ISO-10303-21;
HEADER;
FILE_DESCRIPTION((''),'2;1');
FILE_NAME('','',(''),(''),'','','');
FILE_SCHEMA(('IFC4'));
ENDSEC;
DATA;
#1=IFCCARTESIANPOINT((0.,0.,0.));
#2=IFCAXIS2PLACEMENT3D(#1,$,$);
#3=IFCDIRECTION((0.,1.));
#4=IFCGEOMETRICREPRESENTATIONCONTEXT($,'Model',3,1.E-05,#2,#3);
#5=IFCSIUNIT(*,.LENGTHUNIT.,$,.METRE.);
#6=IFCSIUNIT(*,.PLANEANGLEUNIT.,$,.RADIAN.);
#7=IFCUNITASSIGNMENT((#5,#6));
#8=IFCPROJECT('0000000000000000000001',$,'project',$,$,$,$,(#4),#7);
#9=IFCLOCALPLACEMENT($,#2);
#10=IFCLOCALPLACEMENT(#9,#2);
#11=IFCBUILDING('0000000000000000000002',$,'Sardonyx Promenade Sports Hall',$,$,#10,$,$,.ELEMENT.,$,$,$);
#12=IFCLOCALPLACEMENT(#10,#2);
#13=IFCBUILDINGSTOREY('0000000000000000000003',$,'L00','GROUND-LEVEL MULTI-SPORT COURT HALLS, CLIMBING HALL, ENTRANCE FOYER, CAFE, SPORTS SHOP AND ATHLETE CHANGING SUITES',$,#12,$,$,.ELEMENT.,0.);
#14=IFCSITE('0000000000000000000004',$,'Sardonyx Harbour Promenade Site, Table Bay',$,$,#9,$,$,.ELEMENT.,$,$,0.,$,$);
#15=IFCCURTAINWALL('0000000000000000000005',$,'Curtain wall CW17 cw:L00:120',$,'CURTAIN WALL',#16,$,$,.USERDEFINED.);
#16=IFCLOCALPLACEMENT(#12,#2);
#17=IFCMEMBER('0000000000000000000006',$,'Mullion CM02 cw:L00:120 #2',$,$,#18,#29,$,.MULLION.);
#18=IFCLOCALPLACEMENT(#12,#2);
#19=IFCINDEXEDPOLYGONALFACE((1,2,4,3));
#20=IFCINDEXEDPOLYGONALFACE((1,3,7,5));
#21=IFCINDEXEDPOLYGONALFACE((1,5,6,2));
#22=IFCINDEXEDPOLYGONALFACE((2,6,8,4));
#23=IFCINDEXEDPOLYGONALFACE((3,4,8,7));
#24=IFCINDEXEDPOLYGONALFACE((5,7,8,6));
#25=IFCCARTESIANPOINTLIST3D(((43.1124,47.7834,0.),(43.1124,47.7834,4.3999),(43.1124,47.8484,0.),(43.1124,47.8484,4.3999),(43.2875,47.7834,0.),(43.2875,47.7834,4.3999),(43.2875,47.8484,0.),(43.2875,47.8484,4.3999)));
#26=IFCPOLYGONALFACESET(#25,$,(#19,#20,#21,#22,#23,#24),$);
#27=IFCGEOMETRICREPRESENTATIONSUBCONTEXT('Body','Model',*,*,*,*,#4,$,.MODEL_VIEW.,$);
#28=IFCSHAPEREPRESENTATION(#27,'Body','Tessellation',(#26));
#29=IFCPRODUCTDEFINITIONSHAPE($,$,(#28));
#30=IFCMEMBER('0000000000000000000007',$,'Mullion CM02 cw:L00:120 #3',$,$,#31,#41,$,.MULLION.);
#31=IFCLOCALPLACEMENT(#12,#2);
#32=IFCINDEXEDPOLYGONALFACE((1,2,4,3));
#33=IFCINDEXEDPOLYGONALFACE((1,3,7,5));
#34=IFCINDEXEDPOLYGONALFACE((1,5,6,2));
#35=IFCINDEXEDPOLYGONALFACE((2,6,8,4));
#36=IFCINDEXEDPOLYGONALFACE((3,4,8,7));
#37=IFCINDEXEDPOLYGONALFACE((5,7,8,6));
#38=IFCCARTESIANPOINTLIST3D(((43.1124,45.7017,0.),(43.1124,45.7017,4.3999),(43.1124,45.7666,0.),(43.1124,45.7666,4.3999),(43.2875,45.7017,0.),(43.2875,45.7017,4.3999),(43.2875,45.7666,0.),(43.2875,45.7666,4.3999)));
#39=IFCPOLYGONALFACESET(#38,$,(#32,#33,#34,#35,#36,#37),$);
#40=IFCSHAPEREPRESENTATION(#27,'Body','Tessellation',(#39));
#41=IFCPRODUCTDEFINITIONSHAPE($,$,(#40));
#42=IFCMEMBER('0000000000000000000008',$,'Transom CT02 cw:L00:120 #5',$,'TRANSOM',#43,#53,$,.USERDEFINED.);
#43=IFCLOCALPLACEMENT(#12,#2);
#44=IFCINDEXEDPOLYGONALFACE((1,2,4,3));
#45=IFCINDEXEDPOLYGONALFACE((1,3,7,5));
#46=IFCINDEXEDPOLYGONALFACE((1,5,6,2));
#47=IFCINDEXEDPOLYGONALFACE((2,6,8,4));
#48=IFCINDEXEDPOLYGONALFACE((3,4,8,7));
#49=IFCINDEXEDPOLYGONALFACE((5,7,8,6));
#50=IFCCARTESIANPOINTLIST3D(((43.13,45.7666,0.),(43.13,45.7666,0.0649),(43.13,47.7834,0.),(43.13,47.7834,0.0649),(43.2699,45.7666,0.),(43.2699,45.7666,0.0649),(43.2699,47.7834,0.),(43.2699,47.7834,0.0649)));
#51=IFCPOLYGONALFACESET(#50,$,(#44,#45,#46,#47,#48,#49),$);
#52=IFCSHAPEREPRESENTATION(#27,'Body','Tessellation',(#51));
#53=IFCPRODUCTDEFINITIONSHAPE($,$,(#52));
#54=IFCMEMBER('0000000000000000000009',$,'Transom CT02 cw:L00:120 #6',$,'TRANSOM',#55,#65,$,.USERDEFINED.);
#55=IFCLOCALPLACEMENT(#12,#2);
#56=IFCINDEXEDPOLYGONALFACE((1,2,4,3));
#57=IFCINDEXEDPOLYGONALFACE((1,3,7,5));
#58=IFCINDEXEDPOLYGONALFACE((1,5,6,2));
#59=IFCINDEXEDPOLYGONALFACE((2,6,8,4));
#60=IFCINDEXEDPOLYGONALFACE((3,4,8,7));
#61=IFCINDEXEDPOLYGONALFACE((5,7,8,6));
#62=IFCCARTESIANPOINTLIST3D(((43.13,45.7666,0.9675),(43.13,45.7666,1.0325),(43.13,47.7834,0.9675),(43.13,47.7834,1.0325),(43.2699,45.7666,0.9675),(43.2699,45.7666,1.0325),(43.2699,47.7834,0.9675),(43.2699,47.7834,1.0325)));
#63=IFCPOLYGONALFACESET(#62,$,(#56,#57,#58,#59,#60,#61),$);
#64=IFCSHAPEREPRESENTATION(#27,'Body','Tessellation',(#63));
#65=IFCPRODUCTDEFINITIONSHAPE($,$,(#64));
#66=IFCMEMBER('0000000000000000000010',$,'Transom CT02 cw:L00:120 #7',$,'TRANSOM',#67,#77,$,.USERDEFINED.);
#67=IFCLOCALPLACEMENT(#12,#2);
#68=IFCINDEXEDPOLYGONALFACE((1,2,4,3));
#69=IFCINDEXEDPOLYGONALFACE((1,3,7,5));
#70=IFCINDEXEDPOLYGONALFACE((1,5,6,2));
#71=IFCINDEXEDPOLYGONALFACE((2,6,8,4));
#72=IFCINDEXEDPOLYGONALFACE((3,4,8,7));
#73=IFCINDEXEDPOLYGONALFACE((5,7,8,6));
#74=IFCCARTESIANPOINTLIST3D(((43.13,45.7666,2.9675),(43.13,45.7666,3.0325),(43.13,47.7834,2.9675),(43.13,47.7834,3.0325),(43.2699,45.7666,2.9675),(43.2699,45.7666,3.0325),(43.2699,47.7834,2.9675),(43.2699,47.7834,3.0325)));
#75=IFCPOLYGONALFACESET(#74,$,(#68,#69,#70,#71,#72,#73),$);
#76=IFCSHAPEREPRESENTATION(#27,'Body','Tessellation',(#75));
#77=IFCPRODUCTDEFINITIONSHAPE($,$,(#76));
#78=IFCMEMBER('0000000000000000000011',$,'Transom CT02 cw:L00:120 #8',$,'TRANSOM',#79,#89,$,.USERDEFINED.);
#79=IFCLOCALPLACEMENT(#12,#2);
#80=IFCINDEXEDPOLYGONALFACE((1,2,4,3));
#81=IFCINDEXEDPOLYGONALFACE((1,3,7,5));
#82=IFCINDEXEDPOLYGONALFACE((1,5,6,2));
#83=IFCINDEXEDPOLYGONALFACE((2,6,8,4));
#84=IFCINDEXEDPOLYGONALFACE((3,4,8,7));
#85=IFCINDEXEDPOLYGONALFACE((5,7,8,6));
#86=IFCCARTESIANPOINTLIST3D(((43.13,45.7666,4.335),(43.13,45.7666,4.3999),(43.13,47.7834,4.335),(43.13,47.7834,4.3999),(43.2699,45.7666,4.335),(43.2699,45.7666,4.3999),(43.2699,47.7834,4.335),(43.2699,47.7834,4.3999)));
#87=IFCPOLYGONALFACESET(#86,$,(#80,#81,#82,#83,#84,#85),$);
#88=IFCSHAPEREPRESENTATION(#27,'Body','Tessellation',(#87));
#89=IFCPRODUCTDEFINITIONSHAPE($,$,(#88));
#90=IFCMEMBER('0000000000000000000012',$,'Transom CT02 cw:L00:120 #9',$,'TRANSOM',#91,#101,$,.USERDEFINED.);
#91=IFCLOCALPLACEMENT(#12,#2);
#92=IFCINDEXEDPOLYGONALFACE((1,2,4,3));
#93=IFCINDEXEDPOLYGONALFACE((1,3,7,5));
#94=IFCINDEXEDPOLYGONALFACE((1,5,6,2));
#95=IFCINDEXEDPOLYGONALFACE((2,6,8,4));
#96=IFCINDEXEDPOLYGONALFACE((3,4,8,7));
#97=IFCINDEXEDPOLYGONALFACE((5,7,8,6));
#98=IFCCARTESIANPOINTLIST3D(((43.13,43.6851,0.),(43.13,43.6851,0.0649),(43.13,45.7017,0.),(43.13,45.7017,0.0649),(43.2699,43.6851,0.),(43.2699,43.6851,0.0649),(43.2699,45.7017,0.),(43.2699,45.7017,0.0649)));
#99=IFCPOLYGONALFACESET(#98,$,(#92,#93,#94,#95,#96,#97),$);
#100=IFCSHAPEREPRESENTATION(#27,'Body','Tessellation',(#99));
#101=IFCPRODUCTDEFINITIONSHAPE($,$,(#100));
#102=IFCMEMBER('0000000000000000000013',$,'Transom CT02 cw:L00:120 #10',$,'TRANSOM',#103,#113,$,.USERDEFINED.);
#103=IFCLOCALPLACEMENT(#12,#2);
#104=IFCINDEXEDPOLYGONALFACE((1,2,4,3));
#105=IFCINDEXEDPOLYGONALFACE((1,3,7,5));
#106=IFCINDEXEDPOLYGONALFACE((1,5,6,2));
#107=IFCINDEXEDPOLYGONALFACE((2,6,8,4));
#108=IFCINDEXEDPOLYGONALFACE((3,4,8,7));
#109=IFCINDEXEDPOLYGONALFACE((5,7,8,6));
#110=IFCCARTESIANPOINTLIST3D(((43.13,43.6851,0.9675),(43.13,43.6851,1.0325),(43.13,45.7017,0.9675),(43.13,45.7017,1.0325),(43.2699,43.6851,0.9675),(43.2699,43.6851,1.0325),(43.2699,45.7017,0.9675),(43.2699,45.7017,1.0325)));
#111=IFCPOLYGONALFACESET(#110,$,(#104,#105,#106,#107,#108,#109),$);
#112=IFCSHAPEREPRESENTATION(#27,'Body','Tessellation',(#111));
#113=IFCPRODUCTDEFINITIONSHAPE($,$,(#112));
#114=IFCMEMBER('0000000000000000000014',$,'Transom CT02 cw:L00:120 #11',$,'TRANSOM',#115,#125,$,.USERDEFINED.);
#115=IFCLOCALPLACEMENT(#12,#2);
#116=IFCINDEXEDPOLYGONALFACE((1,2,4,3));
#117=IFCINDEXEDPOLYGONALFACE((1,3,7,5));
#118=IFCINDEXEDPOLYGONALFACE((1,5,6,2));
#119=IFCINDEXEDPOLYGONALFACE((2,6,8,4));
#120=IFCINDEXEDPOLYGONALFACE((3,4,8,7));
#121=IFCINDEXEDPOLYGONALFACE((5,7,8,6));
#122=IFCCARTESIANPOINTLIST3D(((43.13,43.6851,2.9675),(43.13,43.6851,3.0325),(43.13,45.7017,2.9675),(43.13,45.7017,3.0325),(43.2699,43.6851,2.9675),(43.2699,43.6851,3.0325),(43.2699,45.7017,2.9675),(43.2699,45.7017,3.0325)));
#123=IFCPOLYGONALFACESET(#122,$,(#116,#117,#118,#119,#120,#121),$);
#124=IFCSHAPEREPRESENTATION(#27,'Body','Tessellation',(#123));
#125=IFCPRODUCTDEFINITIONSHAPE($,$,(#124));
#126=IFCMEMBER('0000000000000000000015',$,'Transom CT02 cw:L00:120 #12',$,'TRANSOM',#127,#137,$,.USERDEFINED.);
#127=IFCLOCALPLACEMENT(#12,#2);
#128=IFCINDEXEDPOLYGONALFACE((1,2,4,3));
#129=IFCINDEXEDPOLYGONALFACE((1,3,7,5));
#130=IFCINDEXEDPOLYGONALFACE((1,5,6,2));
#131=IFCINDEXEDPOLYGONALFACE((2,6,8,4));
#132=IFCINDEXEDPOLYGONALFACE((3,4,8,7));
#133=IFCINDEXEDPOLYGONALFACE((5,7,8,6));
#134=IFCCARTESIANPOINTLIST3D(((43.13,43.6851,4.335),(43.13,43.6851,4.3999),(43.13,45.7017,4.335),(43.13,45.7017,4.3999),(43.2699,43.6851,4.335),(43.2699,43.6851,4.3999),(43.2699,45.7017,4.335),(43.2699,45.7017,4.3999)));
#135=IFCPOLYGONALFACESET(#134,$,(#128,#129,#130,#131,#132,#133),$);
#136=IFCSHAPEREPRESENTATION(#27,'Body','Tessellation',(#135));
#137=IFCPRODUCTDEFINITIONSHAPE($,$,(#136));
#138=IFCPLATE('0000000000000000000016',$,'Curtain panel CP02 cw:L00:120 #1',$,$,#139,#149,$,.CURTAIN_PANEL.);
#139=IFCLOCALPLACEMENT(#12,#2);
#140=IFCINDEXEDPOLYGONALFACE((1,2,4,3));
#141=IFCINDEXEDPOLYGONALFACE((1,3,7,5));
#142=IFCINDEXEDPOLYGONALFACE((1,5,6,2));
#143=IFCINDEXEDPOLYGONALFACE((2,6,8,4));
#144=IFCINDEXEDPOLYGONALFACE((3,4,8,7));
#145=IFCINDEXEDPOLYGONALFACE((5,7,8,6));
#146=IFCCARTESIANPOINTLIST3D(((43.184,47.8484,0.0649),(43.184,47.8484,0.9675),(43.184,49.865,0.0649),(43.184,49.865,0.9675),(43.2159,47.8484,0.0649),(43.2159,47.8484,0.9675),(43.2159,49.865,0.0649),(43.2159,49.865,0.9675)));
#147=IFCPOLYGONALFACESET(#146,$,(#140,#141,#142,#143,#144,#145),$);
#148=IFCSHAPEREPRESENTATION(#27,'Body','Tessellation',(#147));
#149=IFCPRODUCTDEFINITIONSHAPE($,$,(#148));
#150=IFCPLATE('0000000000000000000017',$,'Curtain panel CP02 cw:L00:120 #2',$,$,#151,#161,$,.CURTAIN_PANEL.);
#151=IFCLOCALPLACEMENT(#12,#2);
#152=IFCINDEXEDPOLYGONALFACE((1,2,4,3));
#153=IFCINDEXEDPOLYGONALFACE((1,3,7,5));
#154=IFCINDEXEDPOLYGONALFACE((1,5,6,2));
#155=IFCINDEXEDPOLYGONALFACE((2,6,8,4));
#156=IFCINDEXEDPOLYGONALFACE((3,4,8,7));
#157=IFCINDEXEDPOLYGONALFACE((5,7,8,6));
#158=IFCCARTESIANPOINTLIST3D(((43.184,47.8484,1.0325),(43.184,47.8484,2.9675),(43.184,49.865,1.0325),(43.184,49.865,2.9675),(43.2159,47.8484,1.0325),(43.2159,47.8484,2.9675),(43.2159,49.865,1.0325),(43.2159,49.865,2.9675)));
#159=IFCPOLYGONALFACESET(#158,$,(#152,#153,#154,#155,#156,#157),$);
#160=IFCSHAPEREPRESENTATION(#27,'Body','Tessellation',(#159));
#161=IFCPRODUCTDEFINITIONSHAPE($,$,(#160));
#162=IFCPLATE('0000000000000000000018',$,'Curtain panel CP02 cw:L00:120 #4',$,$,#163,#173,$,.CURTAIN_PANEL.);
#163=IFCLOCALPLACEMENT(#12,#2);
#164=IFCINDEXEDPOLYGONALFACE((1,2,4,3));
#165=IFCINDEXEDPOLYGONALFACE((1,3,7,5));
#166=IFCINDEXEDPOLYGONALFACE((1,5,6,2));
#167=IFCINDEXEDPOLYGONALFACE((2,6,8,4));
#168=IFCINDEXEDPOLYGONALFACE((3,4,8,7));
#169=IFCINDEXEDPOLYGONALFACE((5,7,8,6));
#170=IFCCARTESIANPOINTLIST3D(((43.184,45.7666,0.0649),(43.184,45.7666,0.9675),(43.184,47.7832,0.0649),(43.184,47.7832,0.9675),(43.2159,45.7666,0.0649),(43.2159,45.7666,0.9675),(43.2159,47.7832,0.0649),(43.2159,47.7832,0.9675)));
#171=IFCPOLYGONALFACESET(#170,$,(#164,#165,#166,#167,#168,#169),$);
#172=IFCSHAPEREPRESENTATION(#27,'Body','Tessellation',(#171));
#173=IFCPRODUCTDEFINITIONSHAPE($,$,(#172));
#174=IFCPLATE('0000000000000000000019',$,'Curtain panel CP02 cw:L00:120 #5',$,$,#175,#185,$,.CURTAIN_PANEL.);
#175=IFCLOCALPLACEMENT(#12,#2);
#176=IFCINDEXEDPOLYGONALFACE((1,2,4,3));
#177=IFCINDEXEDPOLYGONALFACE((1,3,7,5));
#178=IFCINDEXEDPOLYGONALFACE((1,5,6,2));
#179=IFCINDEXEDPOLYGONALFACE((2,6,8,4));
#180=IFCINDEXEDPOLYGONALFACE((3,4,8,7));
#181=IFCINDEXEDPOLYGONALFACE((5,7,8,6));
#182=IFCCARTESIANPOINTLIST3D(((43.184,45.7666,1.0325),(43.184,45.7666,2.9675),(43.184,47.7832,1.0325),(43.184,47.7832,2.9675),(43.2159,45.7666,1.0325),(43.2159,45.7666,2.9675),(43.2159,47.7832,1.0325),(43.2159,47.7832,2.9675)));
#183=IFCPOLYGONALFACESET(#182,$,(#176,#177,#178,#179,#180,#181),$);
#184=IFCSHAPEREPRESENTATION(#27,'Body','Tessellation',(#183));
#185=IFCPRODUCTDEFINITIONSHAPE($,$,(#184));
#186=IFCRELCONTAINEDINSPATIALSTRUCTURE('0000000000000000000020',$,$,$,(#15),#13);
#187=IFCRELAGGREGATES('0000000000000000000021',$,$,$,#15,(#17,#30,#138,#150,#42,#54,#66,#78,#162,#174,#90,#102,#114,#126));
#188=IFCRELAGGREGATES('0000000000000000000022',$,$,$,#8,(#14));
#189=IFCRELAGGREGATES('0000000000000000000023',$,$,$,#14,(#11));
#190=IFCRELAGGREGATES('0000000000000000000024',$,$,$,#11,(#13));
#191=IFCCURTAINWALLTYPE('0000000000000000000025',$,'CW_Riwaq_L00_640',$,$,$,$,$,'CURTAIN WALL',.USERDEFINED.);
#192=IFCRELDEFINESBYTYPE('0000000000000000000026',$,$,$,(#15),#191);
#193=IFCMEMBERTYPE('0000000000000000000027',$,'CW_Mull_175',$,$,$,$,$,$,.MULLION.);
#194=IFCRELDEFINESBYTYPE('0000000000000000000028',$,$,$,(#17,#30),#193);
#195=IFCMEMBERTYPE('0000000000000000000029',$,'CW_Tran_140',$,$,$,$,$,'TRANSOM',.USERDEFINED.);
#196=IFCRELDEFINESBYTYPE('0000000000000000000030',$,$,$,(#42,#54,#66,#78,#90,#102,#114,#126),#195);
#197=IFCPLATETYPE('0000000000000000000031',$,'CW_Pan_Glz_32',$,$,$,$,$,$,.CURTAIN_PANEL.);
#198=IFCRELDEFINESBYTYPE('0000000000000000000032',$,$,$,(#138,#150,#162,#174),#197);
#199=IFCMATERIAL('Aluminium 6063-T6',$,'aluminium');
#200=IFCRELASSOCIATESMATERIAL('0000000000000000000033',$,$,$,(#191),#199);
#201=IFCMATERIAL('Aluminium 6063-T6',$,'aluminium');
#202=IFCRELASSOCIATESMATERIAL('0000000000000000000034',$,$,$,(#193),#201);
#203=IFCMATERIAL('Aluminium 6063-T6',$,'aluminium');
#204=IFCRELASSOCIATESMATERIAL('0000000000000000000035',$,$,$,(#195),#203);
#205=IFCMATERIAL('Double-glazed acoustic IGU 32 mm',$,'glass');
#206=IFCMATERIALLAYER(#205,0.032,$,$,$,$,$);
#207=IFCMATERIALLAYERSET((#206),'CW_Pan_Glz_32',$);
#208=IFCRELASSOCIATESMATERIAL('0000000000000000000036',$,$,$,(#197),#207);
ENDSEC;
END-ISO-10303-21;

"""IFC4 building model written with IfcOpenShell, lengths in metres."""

from ifc_helpers import new_model, si_unit, direction, frame, origin, origin_2d, place, context, subcontext, project, spatial, rectangle, extrude, material, layer, layer_set, material_profile, profile_set, type_object, element, aggregate, save


model = new_model("IFC4")

# Units and contexts
model_context = context("Model", 3, precision=1e-05, world=origin(), true_north=direction((0.0, 1.0)))
body_context = subcontext(model_context, "Body", "Model", "MODEL_VIEW")
ifc_project = project(units=[si_unit("LENGTHUNIT", "METRE"), si_unit("PLANEANGLEUNIT", "RADIAN")], contexts=[model_context])

# Site, building, storey
site_placement = place(None, origin())
site = spatial("IfcSite", under=ifc_project, at=site_placement, Name="Sardonyx Harbour Promenade Site, Table Bay", CompositionType="ELEMENT", RefElevation=0.0)
building_placement = place(site_placement, origin())
building = spatial("IfcBuilding", under=site, at=building_placement, Name="Sardonyx Promenade Sports Hall", CompositionType="ELEMENT")
storey_placement = place(building_placement, origin())
storey = spatial("IfcBuildingStorey", under=building, at=storey_placement, Name="L00", Description="GROUND-LEVEL MULTI-SPORT COURT HALLS, CLIMBING HALL, ENTRANCE FOYER, CAFE, SPORTS SHOP AND ATHLETE CHANGING SUITES", CompositionType="ELEMENT", Elevation=0.0)

# Curtain wall, members, plates
ifc_material_1 = material(Name="Aluminium 6063-T6", Category="aluminium")
curtain_wall_type = type_object("IfcCurtainWallType", Name="CW_Riwaq_L00_640", ElementType="CURTAIN WALL", PredefinedType="USERDEFINED", material=ifc_material_1)
curtain_wall_placement = place(storey_placement, origin())
curtain_wall = element("IfcCurtainWall", 1, at=curtain_wall_placement, inside=storey, type_object=curtain_wall_type, Name="Curtain wall CW17 cw:L00:120", ObjectType="CURTAIN WALL", PredefinedType="USERDEFINED")
ifc_material_2 = material(Name="Aluminium 6063-T6", Category="aluminium")
ifc_material_profile_1 = material_profile(ifc_material_2, rectangle(XDim=0.0649, YDim=0.175, at=origin_2d()))
ifc_profile_set_1 = profile_set([ifc_material_profile_1], Name="Aluminium 6063-T6")
member_type_1 = type_object("IfcMemberType", Name="CW_Mull_175", PredefinedType="MULLION", material=ifc_profile_set_1)
member_1_placement = place(storey_placement, frame((43.2, 47.8159, 0.0), z_axis=(0.0, 0.0, 1.0), x_axis=(0.0, -1.0, 0.0)))
member_1 = element("IfcMember", 2, at=member_1_placement, type_object=member_type_1, Name="Mullion CM02 cw:L00:120 #2", PredefinedType="MULLION", context=body_context, shape_type="SweptSolid", body=[
    extrude(rectangle(XDim=0.0649, YDim=0.175, at=origin_2d()), origin(), (0.0, 0.0, 1.0), 4.3999),
])
member_2_placement = place(storey_placement, frame((43.2, 45.7341, 0.0), z_axis=(0.0, 0.0, 1.0), x_axis=(0.0, -1.0, 0.0)))
member_2 = element("IfcMember", 3, at=member_2_placement, type_object=member_type_1, Name="Mullion CM02 cw:L00:120 #3", PredefinedType="MULLION", context=body_context, shape_type="SweptSolid", body=[
    extrude(rectangle(XDim=0.0649, YDim=0.175, at=origin_2d()), origin(), (0.0, 0.0, 1.0), 4.3999),
])
ifc_material_3 = material(Name="Aluminium 6063-T6", Category="aluminium")
ifc_material_profile_2 = material_profile(ifc_material_3, rectangle(XDim=0.0649, YDim=0.1399, at=origin_2d()))
ifc_profile_set_2 = profile_set([ifc_material_profile_2], Name="Aluminium 6063-T6")
member_type_2 = type_object("IfcMemberType", Name="CW_Tran_140", ElementType="TRANSOM", PredefinedType="USERDEFINED", material=ifc_profile_set_2)
member_3_placement = place(storey_placement, frame((43.2, 47.7834, 0.0325), z_axis=(0.0, -1.0, 0.0), x_axis=(0.0, 0.0, 1.0)))
member_3 = element("IfcMember", 4, at=member_3_placement, type_object=member_type_2, Name="Transom CT02 cw:L00:120 #5", ObjectType="TRANSOM", PredefinedType="USERDEFINED", context=body_context, shape_type="SweptSolid", body=[
    extrude(rectangle(XDim=0.0649, YDim=0.1399, at=origin_2d()), origin(), (0.0, 0.0, 1.0), 2.0168),
])
member_4_placement = place(storey_placement, frame((43.2, 47.7834, 1.0), z_axis=(0.0, -1.0, 0.0), x_axis=(0.0, 0.0, 1.0)))
member_4 = element("IfcMember", 5, at=member_4_placement, type_object=member_type_2, Name="Transom CT02 cw:L00:120 #6", ObjectType="TRANSOM", PredefinedType="USERDEFINED", context=body_context, shape_type="SweptSolid", body=[
    extrude(rectangle(XDim=0.0649, YDim=0.1399, at=origin_2d()), origin(), (0.0, 0.0, 1.0), 2.0168),
])
member_5_placement = place(storey_placement, frame((43.2, 47.7834, 3.0), z_axis=(0.0, -1.0, 0.0), x_axis=(0.0, 0.0, 1.0)))
member_5 = element("IfcMember", 6, at=member_5_placement, type_object=member_type_2, Name="Transom CT02 cw:L00:120 #7", ObjectType="TRANSOM", PredefinedType="USERDEFINED", context=body_context, shape_type="SweptSolid", body=[
    extrude(rectangle(XDim=0.0649, YDim=0.1399, at=origin_2d()), origin(), (0.0, 0.0, 1.0), 2.0168),
])
member_6_placement = place(storey_placement, frame((43.2, 47.7834, 4.3674), z_axis=(0.0, -1.0, 0.0), x_axis=(0.0, 0.0, 1.0)))
member_6 = element("IfcMember", 7, at=member_6_placement, type_object=member_type_2, Name="Transom CT02 cw:L00:120 #8", ObjectType="TRANSOM", PredefinedType="USERDEFINED", context=body_context, shape_type="SweptSolid", body=[
    extrude(rectangle(XDim=0.0649, YDim=0.1399, at=origin_2d()), origin(), (0.0, 0.0, 1.0), 2.0168),
])
member_7_placement = place(storey_placement, frame((43.2, 45.7017, 0.0325), z_axis=(0.0, -1.0, 0.0), x_axis=(0.0, 0.0, 1.0)))
member_7 = element("IfcMember", 8, at=member_7_placement, type_object=member_type_2, Name="Transom CT02 cw:L00:120 #9", ObjectType="TRANSOM", PredefinedType="USERDEFINED", context=body_context, shape_type="SweptSolid", body=[
    extrude(rectangle(XDim=0.0649, YDim=0.1399, at=origin_2d()), origin(), (0.0, 0.0, 1.0), 2.0166),
])
member_8_placement = place(storey_placement, frame((43.2, 45.7017, 1.0), z_axis=(0.0, -1.0, 0.0), x_axis=(0.0, 0.0, 1.0)))
member_8 = element("IfcMember", 9, at=member_8_placement, type_object=member_type_2, Name="Transom CT02 cw:L00:120 #10", ObjectType="TRANSOM", PredefinedType="USERDEFINED", context=body_context, shape_type="SweptSolid", body=[
    extrude(rectangle(XDim=0.0649, YDim=0.1399, at=origin_2d()), origin(), (0.0, 0.0, 1.0), 2.0166),
])
member_9_placement = place(storey_placement, frame((43.2, 45.7017, 3.0), z_axis=(0.0, -1.0, 0.0), x_axis=(0.0, 0.0, 1.0)))
member_9 = element("IfcMember", 10, at=member_9_placement, type_object=member_type_2, Name="Transom CT02 cw:L00:120 #11", ObjectType="TRANSOM", PredefinedType="USERDEFINED", context=body_context, shape_type="SweptSolid", body=[
    extrude(rectangle(XDim=0.0649, YDim=0.1399, at=origin_2d()), origin(), (0.0, 0.0, 1.0), 2.0166),
])
member_10_placement = place(storey_placement, frame((43.2, 45.7017, 4.3674), z_axis=(0.0, -1.0, 0.0), x_axis=(0.0, 0.0, 1.0)))
member_10 = element("IfcMember", 11, at=member_10_placement, type_object=member_type_2, Name="Transom CT02 cw:L00:120 #12", ObjectType="TRANSOM", PredefinedType="USERDEFINED", context=body_context, shape_type="SweptSolid", body=[
    extrude(rectangle(XDim=0.0649, YDim=0.1399, at=origin_2d()), origin(), (0.0, 0.0, 1.0), 2.0166),
])
ifc_material_4 = material(Name="Double-glazed acoustic IGU 32 mm", Category="glass")
ifc_layer_1 = layer(ifc_material_4, 0.032)
ifc_layer_set_1 = layer_set([ifc_layer_1], Name="CW_Pan_Glz_32")
plate_type = type_object("IfcPlateType", Name="CW_Pan_Glz_32", PredefinedType="CURTAIN_PANEL", material=ifc_layer_set_1)
plate_1_placement = place(storey_placement, frame((43.2, 48.8567, 0.0649), z_axis=(0.0, 0.0, 1.0), x_axis=(0.0, -1.0, 0.0)))
plate_1 = element("IfcPlate", 12, at=plate_1_placement, type_object=plate_type, Name="Curtain panel CP02 cw:L00:120 #1", PredefinedType="CURTAIN_PANEL", context=body_context, shape_type="SweptSolid", body=[
    extrude(rectangle(XDim=2.0166, YDim=0.032, at=origin_2d()), origin(), (0.0, 0.0, 1.0), 0.9026),
])
plate_2_placement = place(storey_placement, frame((43.2, 48.8567, 1.0325), z_axis=(0.0, 0.0, 1.0), x_axis=(0.0, -1.0, 0.0)))
plate_2 = element("IfcPlate", 13, at=plate_2_placement, type_object=plate_type, Name="Curtain panel CP02 cw:L00:120 #2", PredefinedType="CURTAIN_PANEL", context=body_context, shape_type="SweptSolid", body=[
    extrude(rectangle(XDim=2.0166, YDim=0.032, at=origin_2d()), origin(), (0.0, 0.0, 1.0), 1.9351),
])
plate_3_placement = place(storey_placement, frame((43.2, 46.7749, 0.0649), z_axis=(0.0, 0.0, 1.0), x_axis=(0.0, -1.0, 0.0)))
plate_3 = element("IfcPlate", 14, at=plate_3_placement, type_object=plate_type, Name="Curtain panel CP02 cw:L00:120 #4", PredefinedType="CURTAIN_PANEL", context=body_context, shape_type="SweptSolid", body=[
    extrude(rectangle(XDim=2.0166, YDim=0.032, at=origin_2d()), origin(), (0.0, 0.0, 1.0), 0.9026),
])
plate_4_placement = place(storey_placement, frame((43.2, 46.7749, 1.0325), z_axis=(0.0, 0.0, 1.0), x_axis=(0.0, -1.0, 0.0)))
plate_4 = element("IfcPlate", 15, at=plate_4_placement, type_object=plate_type, Name="Curtain panel CP02 cw:L00:120 #5", PredefinedType="CURTAIN_PANEL", context=body_context, shape_type="SweptSolid", body=[
    extrude(rectangle(XDim=2.0166, YDim=0.032, at=origin_2d()), origin(), (0.0, 0.0, 1.0), 1.9351),
])
aggregate(curtain_wall, [member_1, member_2, plate_1, plate_2, member_3, member_4, member_5, member_6, plate_3, plate_4, member_7, member_8, member_9, member_10])

save(model, "model.ifc")
